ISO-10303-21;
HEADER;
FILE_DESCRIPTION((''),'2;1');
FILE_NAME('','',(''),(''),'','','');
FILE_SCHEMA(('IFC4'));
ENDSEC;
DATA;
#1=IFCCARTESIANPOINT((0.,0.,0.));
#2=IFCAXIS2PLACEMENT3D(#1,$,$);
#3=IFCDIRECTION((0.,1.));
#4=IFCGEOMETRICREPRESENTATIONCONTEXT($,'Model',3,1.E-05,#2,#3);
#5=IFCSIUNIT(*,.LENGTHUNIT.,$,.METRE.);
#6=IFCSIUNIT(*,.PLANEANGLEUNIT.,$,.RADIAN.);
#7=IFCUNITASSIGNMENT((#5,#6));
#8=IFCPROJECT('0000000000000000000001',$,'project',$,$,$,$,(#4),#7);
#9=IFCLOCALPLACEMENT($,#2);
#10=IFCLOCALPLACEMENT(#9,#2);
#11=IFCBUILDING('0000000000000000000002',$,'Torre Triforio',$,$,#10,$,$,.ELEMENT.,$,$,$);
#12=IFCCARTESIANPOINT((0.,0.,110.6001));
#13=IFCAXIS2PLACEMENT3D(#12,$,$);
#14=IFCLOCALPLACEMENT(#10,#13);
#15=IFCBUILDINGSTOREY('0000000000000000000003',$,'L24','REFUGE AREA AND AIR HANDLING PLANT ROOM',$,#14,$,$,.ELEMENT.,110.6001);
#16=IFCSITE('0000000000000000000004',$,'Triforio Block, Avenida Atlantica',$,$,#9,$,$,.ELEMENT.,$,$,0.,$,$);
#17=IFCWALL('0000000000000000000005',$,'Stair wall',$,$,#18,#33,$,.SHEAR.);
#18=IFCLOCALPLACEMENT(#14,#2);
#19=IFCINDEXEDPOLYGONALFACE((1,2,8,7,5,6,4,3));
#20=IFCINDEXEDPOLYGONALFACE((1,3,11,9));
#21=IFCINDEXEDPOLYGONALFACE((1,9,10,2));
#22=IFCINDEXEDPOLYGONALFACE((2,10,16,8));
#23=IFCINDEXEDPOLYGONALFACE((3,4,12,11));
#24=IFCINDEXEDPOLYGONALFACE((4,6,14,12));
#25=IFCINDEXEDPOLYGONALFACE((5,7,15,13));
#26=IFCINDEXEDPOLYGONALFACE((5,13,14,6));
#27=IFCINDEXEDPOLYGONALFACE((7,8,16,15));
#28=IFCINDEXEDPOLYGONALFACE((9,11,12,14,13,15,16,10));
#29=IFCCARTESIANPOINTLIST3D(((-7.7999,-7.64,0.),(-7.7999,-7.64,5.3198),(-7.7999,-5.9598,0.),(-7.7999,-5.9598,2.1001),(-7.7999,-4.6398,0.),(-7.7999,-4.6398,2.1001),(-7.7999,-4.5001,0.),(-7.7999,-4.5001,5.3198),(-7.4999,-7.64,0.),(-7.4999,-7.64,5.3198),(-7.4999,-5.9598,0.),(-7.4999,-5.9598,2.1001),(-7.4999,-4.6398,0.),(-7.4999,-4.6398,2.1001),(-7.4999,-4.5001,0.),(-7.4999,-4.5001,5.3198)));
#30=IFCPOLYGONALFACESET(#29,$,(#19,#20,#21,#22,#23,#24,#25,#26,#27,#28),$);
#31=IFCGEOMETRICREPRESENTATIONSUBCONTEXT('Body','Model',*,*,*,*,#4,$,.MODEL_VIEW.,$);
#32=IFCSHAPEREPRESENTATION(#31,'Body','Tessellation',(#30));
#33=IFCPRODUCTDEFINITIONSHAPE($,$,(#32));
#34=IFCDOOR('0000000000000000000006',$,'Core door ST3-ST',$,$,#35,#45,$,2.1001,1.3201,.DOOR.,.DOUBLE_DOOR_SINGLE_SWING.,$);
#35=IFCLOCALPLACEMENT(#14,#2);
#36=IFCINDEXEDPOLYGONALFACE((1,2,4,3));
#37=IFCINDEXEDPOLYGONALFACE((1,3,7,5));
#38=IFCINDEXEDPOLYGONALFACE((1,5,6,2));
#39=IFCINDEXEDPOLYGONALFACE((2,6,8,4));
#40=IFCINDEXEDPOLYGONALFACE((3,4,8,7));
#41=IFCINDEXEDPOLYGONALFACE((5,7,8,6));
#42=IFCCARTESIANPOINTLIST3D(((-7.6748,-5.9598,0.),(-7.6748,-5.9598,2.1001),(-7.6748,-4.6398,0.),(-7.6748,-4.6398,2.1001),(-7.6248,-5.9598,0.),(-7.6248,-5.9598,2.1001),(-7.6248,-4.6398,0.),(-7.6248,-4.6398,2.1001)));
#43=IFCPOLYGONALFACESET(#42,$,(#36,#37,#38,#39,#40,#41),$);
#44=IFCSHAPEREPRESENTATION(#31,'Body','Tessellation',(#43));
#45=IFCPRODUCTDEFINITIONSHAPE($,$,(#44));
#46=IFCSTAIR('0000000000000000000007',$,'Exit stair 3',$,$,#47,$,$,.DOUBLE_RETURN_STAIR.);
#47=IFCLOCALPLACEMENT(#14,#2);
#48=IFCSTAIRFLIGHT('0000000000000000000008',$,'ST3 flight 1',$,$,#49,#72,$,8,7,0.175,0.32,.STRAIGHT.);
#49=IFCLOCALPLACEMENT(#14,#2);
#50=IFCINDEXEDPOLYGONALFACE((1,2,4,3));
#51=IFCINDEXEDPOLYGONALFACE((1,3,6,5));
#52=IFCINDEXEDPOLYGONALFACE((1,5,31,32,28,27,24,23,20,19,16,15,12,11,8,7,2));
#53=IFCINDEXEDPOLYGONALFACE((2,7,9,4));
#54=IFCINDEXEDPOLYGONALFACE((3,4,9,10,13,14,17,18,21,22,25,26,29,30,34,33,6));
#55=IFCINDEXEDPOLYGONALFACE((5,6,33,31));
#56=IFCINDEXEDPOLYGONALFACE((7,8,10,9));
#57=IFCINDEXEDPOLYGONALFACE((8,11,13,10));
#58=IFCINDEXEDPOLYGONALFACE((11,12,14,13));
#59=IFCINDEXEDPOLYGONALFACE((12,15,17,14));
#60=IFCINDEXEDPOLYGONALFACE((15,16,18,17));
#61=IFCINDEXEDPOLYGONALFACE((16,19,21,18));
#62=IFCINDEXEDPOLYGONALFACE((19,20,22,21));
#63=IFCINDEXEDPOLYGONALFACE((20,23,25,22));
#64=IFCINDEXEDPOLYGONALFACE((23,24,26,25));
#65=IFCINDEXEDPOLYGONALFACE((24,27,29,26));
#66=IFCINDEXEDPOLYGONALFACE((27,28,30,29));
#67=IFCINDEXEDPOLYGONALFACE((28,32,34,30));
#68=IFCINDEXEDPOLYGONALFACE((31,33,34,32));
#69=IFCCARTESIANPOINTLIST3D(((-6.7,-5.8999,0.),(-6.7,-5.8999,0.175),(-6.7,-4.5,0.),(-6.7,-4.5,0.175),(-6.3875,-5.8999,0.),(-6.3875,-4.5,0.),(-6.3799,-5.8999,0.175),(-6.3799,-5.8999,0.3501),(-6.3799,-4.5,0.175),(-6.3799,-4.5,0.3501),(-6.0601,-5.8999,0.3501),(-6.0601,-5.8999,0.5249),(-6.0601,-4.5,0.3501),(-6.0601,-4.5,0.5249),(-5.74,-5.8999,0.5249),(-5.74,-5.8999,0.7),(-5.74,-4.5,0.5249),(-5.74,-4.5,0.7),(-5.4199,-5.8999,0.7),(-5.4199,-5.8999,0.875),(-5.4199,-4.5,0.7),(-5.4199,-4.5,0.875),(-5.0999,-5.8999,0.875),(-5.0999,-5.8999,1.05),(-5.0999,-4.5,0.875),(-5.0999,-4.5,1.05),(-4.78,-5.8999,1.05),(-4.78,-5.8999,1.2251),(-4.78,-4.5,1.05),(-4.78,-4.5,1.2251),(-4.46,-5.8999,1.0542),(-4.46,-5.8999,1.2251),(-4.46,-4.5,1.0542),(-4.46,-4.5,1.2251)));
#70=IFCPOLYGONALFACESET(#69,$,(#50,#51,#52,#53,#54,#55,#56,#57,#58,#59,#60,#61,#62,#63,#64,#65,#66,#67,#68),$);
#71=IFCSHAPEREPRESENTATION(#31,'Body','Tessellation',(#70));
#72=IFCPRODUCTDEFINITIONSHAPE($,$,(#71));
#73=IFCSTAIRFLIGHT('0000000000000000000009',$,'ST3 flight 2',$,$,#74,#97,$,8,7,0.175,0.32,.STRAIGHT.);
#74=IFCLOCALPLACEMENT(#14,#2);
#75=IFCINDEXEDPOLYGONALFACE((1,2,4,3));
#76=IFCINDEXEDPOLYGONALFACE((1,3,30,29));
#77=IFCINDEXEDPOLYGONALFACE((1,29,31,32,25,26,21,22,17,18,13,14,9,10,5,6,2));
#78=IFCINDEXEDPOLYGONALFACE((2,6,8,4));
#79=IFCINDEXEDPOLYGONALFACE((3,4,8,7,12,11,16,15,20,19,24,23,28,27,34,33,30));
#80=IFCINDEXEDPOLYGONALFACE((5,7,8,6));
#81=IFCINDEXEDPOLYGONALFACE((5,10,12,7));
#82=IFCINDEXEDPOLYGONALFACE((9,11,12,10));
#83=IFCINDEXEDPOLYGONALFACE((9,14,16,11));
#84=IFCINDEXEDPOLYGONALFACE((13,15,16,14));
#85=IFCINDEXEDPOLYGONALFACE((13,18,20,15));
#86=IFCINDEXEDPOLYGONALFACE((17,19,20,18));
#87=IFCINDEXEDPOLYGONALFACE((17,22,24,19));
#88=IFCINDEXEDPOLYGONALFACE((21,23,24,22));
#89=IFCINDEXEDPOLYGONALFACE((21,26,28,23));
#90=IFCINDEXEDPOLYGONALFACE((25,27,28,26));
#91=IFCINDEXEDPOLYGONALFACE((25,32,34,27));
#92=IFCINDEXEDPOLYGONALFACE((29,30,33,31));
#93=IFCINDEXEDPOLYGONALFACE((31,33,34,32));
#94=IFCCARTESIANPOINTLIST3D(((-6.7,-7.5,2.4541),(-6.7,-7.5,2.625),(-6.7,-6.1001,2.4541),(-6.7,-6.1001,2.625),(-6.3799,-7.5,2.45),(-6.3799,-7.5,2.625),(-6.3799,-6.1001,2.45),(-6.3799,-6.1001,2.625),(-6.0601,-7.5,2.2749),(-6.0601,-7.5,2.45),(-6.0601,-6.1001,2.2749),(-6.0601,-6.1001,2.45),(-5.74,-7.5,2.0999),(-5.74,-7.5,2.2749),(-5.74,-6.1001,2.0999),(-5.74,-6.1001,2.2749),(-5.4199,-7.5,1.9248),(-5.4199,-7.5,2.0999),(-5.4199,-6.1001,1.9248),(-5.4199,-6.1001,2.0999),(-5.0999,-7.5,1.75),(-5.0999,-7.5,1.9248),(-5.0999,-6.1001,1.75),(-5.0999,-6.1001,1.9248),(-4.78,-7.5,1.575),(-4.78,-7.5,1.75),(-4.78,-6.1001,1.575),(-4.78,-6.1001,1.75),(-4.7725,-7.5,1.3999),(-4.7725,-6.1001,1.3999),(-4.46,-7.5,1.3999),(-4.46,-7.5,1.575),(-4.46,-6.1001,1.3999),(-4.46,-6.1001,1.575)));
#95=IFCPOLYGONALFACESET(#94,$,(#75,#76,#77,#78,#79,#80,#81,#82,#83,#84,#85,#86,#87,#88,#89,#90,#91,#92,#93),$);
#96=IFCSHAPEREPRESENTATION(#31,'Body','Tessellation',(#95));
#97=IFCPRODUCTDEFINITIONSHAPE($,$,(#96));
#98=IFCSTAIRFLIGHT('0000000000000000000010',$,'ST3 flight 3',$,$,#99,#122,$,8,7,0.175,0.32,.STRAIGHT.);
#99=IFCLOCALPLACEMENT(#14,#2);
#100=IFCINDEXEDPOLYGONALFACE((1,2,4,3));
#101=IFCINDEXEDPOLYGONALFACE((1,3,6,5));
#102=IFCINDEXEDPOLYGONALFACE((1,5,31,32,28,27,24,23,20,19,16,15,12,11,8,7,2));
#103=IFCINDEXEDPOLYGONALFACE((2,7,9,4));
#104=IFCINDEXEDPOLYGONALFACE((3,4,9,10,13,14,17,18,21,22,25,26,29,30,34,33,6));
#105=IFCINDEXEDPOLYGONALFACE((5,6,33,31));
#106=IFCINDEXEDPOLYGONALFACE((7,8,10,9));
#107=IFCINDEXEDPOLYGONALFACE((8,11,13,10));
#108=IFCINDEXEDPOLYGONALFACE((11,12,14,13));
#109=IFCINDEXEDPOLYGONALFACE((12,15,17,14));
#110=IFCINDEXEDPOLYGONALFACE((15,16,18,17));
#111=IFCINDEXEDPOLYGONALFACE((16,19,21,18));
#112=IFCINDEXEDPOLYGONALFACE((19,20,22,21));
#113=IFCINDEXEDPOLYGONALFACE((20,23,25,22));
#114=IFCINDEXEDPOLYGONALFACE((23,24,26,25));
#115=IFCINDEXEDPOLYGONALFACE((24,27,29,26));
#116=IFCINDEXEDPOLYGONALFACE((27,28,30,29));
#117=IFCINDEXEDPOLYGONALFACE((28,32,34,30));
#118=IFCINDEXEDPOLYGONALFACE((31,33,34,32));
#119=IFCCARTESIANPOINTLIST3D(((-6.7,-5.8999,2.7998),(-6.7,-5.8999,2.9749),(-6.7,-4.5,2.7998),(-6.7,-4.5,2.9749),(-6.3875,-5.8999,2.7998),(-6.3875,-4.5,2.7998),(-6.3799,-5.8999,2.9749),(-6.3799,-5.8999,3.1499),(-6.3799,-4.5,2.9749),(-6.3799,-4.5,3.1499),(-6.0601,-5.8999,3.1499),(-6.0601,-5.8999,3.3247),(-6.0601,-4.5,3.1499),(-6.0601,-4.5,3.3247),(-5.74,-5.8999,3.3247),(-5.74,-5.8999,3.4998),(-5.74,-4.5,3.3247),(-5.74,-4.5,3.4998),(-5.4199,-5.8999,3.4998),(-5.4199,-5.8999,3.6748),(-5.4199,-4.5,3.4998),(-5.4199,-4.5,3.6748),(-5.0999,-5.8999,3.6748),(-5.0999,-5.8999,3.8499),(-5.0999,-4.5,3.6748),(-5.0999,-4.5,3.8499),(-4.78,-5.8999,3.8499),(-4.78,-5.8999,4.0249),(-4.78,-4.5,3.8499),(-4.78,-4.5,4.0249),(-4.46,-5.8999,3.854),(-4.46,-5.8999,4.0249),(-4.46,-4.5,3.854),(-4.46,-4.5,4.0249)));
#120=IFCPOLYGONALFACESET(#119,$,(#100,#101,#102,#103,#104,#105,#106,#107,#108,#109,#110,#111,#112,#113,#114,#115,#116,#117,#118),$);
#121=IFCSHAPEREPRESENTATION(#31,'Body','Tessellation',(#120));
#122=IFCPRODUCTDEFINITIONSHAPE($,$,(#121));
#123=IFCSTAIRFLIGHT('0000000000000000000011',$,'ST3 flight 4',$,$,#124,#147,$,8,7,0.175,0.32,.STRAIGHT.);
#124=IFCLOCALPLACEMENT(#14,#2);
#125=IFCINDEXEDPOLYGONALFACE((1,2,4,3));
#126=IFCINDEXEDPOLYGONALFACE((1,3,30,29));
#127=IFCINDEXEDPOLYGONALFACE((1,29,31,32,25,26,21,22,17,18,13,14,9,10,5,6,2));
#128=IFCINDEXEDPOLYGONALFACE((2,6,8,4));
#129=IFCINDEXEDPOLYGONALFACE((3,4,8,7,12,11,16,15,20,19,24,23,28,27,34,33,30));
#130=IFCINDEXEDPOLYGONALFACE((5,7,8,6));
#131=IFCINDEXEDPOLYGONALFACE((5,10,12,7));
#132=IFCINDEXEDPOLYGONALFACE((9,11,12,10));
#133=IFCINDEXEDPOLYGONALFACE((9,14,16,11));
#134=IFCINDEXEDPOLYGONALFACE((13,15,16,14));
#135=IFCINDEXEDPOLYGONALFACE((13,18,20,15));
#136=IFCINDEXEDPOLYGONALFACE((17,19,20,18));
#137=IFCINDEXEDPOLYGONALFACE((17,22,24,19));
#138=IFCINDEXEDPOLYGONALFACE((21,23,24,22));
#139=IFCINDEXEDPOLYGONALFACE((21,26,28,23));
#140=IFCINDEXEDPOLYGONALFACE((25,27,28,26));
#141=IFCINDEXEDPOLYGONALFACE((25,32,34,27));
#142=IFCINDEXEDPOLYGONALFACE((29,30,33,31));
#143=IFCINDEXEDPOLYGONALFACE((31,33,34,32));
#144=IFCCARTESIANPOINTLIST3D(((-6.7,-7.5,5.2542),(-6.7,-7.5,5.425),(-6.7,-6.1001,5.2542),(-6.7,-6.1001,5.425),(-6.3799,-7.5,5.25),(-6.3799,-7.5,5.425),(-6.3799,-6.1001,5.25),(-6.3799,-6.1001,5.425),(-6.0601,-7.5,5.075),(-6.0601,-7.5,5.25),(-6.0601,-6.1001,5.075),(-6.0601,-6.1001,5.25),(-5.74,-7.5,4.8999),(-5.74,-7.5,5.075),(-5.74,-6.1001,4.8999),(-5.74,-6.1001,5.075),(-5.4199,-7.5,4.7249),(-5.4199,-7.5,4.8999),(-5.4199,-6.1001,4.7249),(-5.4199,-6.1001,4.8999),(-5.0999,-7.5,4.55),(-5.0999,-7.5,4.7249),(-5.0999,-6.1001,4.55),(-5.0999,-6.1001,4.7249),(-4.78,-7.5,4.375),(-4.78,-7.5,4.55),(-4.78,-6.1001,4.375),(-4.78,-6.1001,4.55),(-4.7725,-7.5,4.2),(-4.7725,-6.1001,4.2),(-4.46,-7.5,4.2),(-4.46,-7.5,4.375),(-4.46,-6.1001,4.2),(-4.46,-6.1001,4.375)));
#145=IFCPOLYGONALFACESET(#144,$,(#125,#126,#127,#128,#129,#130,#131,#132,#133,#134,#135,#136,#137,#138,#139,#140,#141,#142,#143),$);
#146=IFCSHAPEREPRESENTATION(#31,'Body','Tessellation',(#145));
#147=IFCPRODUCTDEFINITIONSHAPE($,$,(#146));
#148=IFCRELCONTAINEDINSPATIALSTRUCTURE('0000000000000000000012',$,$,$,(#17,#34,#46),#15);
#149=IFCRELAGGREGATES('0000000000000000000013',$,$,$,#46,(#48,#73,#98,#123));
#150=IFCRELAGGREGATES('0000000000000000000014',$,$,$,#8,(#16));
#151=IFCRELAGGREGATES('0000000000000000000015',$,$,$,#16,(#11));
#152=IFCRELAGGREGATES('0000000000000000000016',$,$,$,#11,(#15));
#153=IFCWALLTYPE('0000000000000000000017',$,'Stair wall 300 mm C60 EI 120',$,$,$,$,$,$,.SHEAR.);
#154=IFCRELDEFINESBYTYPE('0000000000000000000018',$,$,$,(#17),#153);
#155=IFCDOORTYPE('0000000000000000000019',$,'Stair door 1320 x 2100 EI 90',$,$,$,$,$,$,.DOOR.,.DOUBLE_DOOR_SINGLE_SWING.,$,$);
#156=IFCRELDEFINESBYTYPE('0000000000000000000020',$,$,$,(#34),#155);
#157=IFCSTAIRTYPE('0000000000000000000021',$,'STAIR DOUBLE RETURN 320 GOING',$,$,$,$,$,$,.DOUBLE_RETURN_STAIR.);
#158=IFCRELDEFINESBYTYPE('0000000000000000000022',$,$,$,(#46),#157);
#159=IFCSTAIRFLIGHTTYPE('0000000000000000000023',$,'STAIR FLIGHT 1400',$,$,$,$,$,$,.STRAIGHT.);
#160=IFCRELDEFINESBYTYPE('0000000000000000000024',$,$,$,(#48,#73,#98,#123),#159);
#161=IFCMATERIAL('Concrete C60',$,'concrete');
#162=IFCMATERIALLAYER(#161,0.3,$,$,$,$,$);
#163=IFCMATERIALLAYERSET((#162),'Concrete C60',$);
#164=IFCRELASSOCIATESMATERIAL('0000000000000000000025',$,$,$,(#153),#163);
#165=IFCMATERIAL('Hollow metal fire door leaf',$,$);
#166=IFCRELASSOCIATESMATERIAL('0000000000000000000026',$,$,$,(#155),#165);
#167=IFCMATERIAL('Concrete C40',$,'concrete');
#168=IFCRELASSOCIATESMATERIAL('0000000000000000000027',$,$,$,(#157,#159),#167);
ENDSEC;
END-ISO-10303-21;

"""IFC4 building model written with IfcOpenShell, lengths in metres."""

from ifc_helpers import new_model, si_unit, direction, frame, frame_2d, origin, place, context, subcontext, project, spatial, polyline, rectangle, outline, extrude, material, layer, layer_set, type_object, element, fill, aggregate, save


model = new_model("IFC4")

# Units and contexts
model_context = context("Model", 3, precision=1e-05, world=origin(), true_north=direction((0.0, 1.0)))
body_context = subcontext(model_context, "Body", "Model", "MODEL_VIEW")
ifc_project = project(units=[si_unit("LENGTHUNIT", "METRE"), si_unit("PLANEANGLEUNIT", "RADIAN")], contexts=[model_context])

# Site, building, storey
site_placement = place(None, origin())
site = spatial("IfcSite", under=ifc_project, at=site_placement, Name="Triforio Block, Avenida Atlantica", CompositionType="ELEMENT", RefElevation=0.0)
building_placement = place(site_placement, origin())
building = spatial("IfcBuilding", under=site, at=building_placement, Name="Torre Triforio", CompositionType="ELEMENT")
storey_placement = place(building_placement, frame((0.0, 0.0, 110.6001)))
storey = spatial("IfcBuildingStorey", under=building, at=storey_placement, Name="L24", Description="REFUGE AREA AND AIR HANDLING PLANT ROOM", CompositionType="ELEMENT", Elevation=110.6001)

# Shared definitions
ifc_material_1 = material(Name="Concrete C60", Category="concrete")
ifc_material_2 = material(Name="Hollow metal fire door leaf")

# Wall, opening, door
ifc_layer_1 = layer(ifc_material_1, 0.3)
ifc_layer_set_1 = layer_set([ifc_layer_1], Name="Concrete C60")
wall_type_1 = type_object("IfcWallType", Name="Stair wall 300 mm C60 EI 120", PredefinedType="SHEAR", material=ifc_layer_set_1)
wall_1_placement = place(storey_placement, frame((-7.6499, -7.6399, 0.0), z_axis=(0.0, 0.0, 1.0), x_axis=(0.0, 1.0, 0.0)))
wall_1 = element("IfcWall", 1, at=wall_1_placement, inside=storey, type_object=wall_type_1, Name="Stair wall", PredefinedType="SHEAR", context=body_context, shape_type="SweptSolid", body=[
    extrude(rectangle(XDim=3.1399, YDim=0.3, at=frame_2d((1.5698, 0.0))), origin(), (0.0, 0.0, 1.0), 5.3198),
])
opening_1_placement = place(wall_1_placement, frame((1.6799, 0.0, 0.0)))
opening_1 = element("IfcOpeningElement", 2, at=opening_1_placement, cuts=wall_1, PredefinedType="OPENING", context=body_context, shape_type="SweptSolid", body=[
    extrude(rectangle(XDim=1.3201, YDim=2.1001, at=frame_2d((0.6602, 1.05))), frame((0.0, 0.1599, 0.0), z_axis=(0.0, -1.0, 0.0), x_axis=(1.0, 0.0, 0.0)), (0.0, 0.0, 1.0), 0.3201),
])
door_type_1 = type_object("IfcDoorType", Name="Stair door 1320 x 2100 EI 90", OperationType="DOUBLE_DOOR_SINGLE_SWING", PredefinedType="DOOR", material=ifc_material_2)
door_1_placement = place(opening_1_placement, origin())
door_1 = element("IfcDoor", 3, at=door_1_placement, inside=storey, type_object=door_type_1, Name="Core door ST3-ST", OperationType="DOUBLE_DOOR_SINGLE_SWING", OverallHeight=2.1001, OverallWidth=1.3201, PredefinedType="DOOR", context=body_context, shape_type="SweptSolid", body=[
    extrude(rectangle(XDim=1.3201, YDim=2.1001, at=frame_2d((0.6602, 1.05))), frame((0.0, 0.0249, 0.0), z_axis=(0.0, -1.0, 0.0), x_axis=(1.0, 0.0, 0.0)), (0.0, 0.0, 1.0), 0.05),
])
fill(opening_1, door_1)

# Stair, stair flights
ifc_material_3 = material(Name="Concrete C40", Category="concrete")
stair_type = type_object("IfcStairType", Name="STAIR DOUBLE RETURN 320 GOING", PredefinedType="DOUBLE_RETURN_STAIR", material=ifc_material_3)
stair_placement = place(storey_placement, origin())
stair = element("IfcStair", 4, at=stair_placement, inside=storey, type_object=stair_type, Name="Exit stair 3", PredefinedType="DOUBLE_RETURN_STAIR")
stair_flight_type = type_object("IfcStairFlightType", Name="STAIR FLIGHT 1400", PredefinedType="STRAIGHT", material=ifc_material_3)
stair_flight_1_placement = place(storey_placement, frame((-6.7, -5.2, 0.0), z_axis=(0.0, 0.0, 1.0), x_axis=(1.0, 0.0, 0.0)))
stair_flight_1 = element("IfcStairFlight", 5, at=stair_flight_1_placement, type_object=stair_flight_type, Name="ST3 flight 1", NumberOfRisers=8, NumberOfTreads=7, PredefinedType="STRAIGHT", RiserHeight=0.175, TreadLength=0.32, context=body_context, shape_type="SweptSolid", body=[
    extrude(outline(polyline([(0.0, 0.0), (0.0, 0.175), (0.3201, 0.175), (0.3201, 0.3501), (0.6399, 0.3501), (0.6399, 0.5249), (0.96, 0.5249), (0.96, 0.7), (1.28, 0.7), (1.28, 0.875), (1.6001, 0.875), (1.6001, 1.05), (1.9199, 1.05), (1.9199, 1.2251), (2.24, 1.2251), (2.24, 1.3999), (2.24, 1.0542), (0.3125, 0.0), (0.0, 0.0)])), frame((0.0, 0.7, 0.0), z_axis=(0.0, -1.0, 0.0), x_axis=(1.0, 0.0, 0.0)), (0.0, 0.0, 1.0), 1.3999),
])
stair_flight_2_placement = place(storey_placement, frame((-4.46, -6.8, 1.3999), z_axis=(0.0, 0.0, 1.0), x_axis=(-1.0, 0.0, 0.0)))
stair_flight_2 = element("IfcStairFlight", 6, at=stair_flight_2_placement, type_object=stair_flight_type, Name="ST3 flight 2", NumberOfRisers=8, NumberOfTreads=7, PredefinedType="STRAIGHT", RiserHeight=0.175, TreadLength=0.32, context=body_context, shape_type="SweptSolid", body=[
    extrude(outline(polyline([(0.0, 0.0), (0.0, 0.175), (0.3201, 0.175), (0.3201, 0.3501), (0.6399, 0.3501), (0.6399, 0.5249), (0.96, 0.5249), (0.96, 0.7), (1.28, 0.7), (1.28, 0.875), (1.6001, 0.875), (1.6001, 1.05), (1.9199, 1.05), (1.9199, 1.2251), (2.24, 1.2251), (2.24, 1.3999), (2.24, 1.0542), (0.3125, 0.0), (0.0, 0.0)])), frame((0.0, 0.7, 0.0), z_axis=(0.0, -1.0, 0.0), x_axis=(1.0, 0.0, 0.0)), (0.0, 0.0, 1.0), 1.3999),
])
stair_flight_3_placement = place(storey_placement, frame((-6.7, -5.2, 2.7998), z_axis=(0.0, 0.0, 1.0), x_axis=(1.0, 0.0, 0.0)))
stair_flight_3 = element("IfcStairFlight", 7, at=stair_flight_3_placement, type_object=stair_flight_type, Name="ST3 flight 3", NumberOfRisers=8, NumberOfTreads=7, PredefinedType="STRAIGHT", RiserHeight=0.175, TreadLength=0.32, context=body_context, shape_type="SweptSolid", body=[
    extrude(outline(polyline([(0.0, 0.0), (0.0, 0.175), (0.3201, 0.175), (0.3201, 0.3501), (0.6399, 0.3501), (0.6399, 0.5249), (0.96, 0.5249), (0.96, 0.7), (1.28, 0.7), (1.28, 0.875), (1.6001, 0.875), (1.6001, 1.05), (1.9199, 1.05), (1.9199, 1.2251), (2.24, 1.2251), (2.24, 1.3999), (2.24, 1.0542), (0.3125, 0.0), (0.0, 0.0)])), frame((0.0, 0.7, 0.0), z_axis=(0.0, -1.0, 0.0), x_axis=(1.0, 0.0, 0.0)), (0.0, 0.0, 1.0), 1.3999),
])
stair_flight_4_placement = place(storey_placement, frame((-4.46, -6.8, 4.2), z_axis=(0.0, 0.0, 1.0), x_axis=(-1.0, 0.0, 0.0)))
stair_flight_4 = element("IfcStairFlight", 8, at=stair_flight_4_placement, type_object=stair_flight_type, Name="ST3 flight 4", NumberOfRisers=8, NumberOfTreads=7, PredefinedType="STRAIGHT", RiserHeight=0.175, TreadLength=0.32, context=body_context, shape_type="SweptSolid", body=[
    extrude(outline(polyline([(0.0, 0.0), (0.0, 0.175), (0.3201, 0.175), (0.3201, 0.3501), (0.6399, 0.3501), (0.6399, 0.5249), (0.96, 0.5249), (0.96, 0.7), (1.28, 0.7), (1.28, 0.875), (1.6001, 0.875), (1.6001, 1.05), (1.9199, 1.05), (1.9199, 1.2251), (2.24, 1.2251), (2.24, 1.3999), (2.24, 1.0542), (0.3125, 0.0), (0.0, 0.0)])), frame((0.0, 0.7, 0.0), z_axis=(0.0, -1.0, 0.0), x_axis=(1.0, 0.0, 0.0)), (0.0, 0.0, 1.0), 1.3999),
])
aggregate(stair, [stair_flight_1, stair_flight_2, stair_flight_3, stair_flight_4])

save(model, "model.ifc")
